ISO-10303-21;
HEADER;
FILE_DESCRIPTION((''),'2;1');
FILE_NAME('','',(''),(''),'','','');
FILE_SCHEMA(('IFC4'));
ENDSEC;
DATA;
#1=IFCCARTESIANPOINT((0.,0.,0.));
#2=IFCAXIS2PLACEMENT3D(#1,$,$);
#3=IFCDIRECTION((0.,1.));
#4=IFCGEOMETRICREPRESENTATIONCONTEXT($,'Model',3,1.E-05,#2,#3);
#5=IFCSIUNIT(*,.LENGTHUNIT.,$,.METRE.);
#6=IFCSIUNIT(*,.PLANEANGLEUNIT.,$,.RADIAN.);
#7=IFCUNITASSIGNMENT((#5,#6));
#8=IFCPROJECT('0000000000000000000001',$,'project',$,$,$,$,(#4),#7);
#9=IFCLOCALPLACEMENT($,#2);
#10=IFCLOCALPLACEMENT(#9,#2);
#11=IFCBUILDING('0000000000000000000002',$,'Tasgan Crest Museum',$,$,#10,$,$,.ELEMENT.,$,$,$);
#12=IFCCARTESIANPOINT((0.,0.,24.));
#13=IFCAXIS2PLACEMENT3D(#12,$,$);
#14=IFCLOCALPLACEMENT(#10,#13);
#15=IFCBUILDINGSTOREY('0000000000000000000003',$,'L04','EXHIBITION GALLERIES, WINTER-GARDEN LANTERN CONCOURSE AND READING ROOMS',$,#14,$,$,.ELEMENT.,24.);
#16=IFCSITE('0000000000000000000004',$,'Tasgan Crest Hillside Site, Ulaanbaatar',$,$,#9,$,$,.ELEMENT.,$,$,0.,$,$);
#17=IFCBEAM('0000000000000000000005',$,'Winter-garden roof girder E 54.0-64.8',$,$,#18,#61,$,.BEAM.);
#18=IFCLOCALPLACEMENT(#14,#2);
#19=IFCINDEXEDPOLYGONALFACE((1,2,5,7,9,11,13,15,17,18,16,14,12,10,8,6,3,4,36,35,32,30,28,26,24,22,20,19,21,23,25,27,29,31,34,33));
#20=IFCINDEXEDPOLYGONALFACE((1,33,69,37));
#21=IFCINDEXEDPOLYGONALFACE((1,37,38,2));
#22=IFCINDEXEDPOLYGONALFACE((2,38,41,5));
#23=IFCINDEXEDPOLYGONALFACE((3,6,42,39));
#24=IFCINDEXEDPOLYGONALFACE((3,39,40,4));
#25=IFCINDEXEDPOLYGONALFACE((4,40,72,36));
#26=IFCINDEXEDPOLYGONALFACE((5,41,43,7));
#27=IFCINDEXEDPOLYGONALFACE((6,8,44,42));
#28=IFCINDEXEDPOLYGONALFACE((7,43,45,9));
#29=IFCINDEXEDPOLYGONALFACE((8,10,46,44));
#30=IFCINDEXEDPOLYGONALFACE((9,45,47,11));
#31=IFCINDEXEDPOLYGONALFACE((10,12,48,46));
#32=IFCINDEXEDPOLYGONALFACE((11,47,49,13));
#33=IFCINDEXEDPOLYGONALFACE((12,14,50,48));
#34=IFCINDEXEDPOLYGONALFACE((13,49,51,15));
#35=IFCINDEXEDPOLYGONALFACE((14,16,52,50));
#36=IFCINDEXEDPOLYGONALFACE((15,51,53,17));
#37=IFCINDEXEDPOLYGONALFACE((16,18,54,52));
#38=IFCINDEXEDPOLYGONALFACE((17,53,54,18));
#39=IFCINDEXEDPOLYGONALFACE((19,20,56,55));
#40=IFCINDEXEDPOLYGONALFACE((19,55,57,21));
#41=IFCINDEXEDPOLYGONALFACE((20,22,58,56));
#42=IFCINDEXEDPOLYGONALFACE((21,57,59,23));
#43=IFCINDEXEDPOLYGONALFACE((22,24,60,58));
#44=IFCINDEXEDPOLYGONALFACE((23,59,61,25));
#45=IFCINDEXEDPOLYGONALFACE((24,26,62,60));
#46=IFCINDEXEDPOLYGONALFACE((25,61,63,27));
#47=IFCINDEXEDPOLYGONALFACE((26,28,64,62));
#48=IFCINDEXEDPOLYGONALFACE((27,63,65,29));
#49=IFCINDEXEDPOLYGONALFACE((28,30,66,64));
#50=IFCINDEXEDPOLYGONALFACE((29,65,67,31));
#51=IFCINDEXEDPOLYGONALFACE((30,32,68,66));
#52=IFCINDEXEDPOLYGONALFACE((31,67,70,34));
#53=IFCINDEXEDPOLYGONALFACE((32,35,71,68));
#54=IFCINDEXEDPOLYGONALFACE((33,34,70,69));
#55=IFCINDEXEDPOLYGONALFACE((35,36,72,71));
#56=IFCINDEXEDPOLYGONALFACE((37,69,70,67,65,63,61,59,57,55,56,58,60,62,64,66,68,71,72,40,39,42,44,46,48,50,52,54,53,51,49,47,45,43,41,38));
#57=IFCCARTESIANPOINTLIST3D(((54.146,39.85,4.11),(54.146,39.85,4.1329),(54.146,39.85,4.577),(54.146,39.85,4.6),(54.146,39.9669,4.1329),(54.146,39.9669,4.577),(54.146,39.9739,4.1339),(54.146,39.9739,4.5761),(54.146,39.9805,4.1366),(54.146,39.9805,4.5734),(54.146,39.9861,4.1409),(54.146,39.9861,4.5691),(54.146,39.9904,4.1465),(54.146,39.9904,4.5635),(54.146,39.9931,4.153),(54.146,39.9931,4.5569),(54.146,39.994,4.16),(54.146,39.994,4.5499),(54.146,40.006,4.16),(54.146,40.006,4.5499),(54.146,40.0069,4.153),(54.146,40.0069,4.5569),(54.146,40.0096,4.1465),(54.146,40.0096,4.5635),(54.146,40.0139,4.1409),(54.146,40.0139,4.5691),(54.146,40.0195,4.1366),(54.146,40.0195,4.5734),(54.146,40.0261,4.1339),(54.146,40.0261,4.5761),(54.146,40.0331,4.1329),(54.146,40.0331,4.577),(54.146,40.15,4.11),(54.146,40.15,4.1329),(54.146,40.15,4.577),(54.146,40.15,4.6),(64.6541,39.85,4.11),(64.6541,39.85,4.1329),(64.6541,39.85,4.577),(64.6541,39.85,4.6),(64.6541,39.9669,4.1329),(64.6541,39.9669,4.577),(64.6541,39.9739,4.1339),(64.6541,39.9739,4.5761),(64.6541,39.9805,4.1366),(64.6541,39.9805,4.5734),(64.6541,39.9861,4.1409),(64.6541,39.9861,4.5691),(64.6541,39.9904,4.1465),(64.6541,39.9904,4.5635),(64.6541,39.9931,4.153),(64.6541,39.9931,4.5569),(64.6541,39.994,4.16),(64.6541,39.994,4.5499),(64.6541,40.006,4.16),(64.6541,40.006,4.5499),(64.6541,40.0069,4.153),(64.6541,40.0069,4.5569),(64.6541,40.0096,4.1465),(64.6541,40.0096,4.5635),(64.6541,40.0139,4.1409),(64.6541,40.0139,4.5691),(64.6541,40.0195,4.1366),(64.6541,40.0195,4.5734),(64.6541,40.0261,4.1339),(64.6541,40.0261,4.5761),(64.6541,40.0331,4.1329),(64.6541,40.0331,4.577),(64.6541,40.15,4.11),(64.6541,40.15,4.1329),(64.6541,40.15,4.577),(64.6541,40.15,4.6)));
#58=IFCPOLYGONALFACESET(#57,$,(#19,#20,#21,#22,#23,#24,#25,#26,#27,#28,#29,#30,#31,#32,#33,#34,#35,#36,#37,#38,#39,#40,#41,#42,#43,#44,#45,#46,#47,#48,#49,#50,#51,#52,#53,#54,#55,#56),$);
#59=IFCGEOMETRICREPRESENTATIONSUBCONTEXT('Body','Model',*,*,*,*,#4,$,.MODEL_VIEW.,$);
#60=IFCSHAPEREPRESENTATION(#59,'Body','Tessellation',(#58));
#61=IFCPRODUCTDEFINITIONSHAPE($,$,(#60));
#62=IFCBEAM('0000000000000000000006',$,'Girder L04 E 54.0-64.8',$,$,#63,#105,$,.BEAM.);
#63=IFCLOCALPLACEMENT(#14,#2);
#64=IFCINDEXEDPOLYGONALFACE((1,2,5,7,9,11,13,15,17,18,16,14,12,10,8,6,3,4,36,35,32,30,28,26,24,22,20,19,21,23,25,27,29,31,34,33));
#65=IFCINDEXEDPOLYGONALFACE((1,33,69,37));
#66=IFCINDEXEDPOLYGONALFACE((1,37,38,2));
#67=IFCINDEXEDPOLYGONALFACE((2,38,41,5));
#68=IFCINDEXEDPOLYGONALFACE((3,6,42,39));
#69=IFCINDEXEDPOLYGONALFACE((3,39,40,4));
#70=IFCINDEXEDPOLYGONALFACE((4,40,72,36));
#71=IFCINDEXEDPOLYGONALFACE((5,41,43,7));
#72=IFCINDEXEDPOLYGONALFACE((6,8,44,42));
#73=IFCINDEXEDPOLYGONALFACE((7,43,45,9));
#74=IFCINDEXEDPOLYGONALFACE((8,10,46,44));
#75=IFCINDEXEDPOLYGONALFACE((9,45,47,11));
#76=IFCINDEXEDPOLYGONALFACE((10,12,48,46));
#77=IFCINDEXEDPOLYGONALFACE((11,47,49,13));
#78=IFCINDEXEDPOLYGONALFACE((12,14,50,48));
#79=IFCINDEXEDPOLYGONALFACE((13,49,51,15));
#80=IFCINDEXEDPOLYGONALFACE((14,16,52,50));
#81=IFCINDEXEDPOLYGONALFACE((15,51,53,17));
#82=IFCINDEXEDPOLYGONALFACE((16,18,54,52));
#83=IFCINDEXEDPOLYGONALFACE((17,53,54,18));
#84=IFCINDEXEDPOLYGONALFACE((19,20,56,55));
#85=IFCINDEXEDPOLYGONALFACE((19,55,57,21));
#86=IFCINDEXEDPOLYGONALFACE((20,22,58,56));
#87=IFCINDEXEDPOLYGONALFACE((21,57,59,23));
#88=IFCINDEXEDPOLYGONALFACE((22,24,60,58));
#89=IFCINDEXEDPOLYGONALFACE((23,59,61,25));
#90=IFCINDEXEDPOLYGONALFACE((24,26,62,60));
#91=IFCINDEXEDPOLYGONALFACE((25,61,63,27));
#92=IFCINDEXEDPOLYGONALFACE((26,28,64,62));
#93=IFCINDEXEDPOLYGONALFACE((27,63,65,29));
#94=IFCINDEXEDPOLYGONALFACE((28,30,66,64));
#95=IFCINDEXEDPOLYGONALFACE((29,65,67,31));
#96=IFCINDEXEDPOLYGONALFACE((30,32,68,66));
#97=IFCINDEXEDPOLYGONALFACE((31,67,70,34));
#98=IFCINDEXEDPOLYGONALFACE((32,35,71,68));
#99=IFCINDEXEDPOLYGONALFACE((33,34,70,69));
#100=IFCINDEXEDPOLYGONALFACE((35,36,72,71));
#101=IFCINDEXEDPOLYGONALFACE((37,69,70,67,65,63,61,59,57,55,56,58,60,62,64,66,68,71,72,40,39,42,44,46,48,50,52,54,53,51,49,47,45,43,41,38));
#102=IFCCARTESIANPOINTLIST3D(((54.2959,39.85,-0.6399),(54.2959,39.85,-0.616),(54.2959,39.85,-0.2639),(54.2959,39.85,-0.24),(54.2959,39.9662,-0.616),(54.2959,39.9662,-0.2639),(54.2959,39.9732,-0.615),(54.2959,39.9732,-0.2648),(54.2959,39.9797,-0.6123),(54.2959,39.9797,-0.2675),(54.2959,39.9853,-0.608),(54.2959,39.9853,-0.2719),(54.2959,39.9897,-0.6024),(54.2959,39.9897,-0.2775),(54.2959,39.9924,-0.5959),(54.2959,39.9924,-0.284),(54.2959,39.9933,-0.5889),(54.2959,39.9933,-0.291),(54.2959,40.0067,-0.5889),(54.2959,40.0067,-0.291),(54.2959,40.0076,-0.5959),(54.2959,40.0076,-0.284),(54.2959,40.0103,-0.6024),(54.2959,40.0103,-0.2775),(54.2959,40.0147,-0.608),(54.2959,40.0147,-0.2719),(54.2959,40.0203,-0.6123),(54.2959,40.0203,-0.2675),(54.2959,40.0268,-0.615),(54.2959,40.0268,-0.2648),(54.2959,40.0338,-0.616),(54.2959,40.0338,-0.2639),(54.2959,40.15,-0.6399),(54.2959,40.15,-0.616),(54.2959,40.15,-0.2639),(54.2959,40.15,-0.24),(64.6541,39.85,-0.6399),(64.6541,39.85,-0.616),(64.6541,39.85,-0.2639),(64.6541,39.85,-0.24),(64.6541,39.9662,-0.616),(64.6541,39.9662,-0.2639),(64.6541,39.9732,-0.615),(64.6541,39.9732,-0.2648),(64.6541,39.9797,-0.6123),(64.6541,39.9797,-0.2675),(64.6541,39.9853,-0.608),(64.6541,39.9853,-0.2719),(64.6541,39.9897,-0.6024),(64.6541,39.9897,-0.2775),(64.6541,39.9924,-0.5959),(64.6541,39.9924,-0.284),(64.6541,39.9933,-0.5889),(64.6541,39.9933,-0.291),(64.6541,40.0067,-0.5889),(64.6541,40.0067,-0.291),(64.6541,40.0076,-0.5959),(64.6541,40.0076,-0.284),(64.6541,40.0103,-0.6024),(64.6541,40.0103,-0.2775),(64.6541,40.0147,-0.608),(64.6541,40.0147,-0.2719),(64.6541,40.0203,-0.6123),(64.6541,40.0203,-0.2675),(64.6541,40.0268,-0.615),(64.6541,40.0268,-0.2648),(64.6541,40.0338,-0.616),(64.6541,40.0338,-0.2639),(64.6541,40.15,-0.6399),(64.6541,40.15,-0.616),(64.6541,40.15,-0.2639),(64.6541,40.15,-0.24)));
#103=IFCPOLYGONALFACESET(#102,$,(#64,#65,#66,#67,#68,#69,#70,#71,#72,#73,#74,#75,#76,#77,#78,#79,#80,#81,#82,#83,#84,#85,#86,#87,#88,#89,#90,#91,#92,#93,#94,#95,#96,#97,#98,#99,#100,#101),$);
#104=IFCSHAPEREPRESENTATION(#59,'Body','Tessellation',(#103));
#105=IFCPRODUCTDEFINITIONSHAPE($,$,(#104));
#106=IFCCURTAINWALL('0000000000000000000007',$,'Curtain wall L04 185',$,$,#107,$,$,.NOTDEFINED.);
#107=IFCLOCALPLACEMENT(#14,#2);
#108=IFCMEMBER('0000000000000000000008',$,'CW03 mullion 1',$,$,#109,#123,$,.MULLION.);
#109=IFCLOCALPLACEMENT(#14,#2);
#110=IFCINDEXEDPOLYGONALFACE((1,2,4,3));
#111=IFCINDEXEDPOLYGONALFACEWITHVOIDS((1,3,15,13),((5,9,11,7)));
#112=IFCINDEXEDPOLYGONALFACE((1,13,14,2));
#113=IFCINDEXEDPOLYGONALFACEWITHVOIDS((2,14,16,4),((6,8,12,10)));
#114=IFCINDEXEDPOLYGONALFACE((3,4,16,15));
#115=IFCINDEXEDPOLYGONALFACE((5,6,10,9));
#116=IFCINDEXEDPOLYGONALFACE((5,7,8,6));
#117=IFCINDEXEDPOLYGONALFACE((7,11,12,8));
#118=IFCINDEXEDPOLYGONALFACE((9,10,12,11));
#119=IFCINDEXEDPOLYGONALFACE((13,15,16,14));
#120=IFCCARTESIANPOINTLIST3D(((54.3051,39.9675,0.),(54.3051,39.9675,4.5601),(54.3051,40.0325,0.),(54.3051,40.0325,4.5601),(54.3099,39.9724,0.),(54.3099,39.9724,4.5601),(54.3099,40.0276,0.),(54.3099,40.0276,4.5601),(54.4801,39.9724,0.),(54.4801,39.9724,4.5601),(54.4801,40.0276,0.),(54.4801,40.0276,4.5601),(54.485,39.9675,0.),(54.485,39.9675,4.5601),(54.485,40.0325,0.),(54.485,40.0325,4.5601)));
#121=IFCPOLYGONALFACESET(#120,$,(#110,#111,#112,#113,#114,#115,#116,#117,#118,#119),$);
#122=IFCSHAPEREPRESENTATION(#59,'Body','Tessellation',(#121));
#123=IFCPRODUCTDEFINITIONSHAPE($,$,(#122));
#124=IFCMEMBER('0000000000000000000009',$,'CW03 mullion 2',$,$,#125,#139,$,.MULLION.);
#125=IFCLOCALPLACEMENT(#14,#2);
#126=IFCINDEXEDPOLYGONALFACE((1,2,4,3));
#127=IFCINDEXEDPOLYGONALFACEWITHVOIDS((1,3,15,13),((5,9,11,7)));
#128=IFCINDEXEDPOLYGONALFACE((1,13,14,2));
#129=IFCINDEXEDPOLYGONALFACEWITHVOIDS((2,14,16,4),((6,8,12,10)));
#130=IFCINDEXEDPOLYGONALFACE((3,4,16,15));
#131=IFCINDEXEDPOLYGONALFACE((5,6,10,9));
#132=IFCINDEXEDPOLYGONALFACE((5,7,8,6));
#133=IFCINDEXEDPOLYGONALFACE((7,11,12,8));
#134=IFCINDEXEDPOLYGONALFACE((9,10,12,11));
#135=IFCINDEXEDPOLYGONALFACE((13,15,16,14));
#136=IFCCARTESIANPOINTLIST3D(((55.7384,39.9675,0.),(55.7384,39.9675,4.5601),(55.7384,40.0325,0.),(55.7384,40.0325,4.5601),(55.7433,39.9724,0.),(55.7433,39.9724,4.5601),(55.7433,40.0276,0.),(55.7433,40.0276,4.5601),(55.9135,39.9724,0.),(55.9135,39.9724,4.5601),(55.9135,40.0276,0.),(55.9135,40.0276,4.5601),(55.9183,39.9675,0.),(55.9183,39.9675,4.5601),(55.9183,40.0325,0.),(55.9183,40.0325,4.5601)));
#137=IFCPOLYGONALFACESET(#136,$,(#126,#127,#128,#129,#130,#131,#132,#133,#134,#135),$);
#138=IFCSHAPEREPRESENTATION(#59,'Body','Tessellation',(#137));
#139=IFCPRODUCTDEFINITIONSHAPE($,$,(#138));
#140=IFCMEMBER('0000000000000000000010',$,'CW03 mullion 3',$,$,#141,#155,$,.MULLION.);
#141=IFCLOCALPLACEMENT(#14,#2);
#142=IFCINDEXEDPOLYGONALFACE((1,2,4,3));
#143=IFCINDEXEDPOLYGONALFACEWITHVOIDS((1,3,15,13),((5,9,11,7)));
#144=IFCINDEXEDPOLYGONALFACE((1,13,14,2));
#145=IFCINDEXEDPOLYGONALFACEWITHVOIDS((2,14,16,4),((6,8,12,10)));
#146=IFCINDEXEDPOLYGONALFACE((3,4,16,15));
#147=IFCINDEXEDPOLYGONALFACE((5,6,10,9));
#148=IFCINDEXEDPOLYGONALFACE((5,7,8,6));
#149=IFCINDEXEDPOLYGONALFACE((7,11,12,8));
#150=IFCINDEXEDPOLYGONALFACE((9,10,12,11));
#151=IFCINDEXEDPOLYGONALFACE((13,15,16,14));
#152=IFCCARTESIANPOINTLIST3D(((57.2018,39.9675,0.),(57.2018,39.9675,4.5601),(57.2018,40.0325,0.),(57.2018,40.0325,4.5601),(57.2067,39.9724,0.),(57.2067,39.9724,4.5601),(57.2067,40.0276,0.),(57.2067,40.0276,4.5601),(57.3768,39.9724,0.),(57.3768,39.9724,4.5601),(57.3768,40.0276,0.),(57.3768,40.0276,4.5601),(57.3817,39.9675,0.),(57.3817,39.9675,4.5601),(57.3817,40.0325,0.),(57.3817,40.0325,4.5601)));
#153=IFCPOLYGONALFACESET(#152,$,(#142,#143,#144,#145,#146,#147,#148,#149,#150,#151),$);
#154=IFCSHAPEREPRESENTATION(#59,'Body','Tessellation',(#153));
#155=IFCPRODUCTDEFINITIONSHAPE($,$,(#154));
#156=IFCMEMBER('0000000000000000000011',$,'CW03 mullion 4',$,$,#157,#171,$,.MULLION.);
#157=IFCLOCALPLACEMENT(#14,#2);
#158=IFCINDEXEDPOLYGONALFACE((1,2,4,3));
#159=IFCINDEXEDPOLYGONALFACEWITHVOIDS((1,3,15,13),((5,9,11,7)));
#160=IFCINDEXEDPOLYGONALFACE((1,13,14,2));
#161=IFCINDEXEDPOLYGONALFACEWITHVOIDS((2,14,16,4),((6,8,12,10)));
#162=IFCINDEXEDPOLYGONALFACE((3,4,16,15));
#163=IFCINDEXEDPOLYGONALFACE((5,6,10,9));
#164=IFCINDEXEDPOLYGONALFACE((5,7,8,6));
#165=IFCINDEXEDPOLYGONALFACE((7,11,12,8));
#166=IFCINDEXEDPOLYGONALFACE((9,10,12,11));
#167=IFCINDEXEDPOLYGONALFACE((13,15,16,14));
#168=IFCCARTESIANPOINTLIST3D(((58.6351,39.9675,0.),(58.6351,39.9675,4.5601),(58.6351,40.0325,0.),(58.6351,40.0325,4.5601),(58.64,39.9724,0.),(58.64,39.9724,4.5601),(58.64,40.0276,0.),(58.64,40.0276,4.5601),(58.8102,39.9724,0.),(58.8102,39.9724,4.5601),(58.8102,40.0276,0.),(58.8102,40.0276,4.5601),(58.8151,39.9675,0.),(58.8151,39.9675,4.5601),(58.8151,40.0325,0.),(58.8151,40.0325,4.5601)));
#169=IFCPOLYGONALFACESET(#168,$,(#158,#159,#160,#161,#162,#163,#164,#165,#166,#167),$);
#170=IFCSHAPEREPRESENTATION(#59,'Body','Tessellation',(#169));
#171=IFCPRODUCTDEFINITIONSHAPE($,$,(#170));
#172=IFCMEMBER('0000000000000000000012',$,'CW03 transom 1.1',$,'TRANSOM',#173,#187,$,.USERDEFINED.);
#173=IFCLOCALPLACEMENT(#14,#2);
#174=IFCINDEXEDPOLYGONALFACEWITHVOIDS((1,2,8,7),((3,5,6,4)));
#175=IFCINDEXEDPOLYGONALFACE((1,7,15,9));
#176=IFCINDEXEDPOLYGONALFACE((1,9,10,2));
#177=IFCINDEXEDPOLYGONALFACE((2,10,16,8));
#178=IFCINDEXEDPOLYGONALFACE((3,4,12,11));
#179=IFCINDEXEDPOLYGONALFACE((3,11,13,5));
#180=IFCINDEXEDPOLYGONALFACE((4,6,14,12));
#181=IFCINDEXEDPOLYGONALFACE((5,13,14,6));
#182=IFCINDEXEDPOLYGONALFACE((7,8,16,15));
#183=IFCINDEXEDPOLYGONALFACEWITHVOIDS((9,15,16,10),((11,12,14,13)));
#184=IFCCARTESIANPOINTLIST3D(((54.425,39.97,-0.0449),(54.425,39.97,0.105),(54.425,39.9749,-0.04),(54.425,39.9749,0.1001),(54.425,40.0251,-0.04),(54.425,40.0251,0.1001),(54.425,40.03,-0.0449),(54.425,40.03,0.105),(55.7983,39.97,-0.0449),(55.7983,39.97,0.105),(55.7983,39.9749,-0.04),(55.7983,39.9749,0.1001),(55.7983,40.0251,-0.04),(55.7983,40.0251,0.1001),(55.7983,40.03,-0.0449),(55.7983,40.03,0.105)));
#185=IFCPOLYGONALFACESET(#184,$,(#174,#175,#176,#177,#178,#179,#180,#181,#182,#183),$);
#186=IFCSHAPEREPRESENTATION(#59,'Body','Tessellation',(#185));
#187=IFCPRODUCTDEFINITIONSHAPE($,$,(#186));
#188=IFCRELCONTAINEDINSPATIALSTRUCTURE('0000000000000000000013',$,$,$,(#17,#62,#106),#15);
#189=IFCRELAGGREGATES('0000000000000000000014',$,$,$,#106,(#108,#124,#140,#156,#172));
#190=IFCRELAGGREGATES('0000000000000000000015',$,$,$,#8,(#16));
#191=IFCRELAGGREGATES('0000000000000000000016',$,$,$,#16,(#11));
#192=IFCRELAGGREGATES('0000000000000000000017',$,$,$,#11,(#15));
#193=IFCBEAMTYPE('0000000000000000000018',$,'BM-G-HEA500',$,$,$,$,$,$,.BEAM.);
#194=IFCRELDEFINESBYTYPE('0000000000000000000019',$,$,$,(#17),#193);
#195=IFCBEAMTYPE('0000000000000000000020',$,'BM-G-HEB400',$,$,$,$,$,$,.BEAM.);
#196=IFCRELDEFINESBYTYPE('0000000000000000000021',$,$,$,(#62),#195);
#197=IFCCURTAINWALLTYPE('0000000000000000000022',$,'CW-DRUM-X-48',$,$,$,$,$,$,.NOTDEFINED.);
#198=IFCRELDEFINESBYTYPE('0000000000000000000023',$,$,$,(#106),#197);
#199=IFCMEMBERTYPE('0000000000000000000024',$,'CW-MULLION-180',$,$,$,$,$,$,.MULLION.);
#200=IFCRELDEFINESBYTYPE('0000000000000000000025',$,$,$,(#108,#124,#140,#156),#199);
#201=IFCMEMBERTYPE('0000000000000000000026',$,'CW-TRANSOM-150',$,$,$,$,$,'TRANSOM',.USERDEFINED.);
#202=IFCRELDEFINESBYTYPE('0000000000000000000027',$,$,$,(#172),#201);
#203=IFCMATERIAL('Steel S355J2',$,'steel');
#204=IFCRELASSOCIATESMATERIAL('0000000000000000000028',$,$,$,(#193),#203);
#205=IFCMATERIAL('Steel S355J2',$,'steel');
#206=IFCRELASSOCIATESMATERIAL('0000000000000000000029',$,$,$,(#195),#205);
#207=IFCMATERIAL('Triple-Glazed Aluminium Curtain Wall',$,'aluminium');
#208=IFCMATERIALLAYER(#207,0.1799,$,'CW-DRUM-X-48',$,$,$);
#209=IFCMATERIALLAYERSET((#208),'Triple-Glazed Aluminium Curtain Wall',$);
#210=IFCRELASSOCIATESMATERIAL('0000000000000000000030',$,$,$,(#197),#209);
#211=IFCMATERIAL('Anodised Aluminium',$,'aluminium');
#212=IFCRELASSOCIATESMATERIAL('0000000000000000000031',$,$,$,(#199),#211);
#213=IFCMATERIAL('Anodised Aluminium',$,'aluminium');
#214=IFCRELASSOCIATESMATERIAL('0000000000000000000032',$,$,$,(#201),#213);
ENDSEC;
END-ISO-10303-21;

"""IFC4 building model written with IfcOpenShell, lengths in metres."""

from ifc_helpers import new_model, si_unit, direction, frame, origin, origin_2d, place, context, subcontext, project, spatial, hollow_rectangle, i_section, extrude, material, layer, layer_set, material_profile, profile_set, type_object, element, aggregate, save


model = new_model("IFC4")

# Units and contexts
model_context = context("Model", 3, precision=1e-05, world=origin(), true_north=direction((0.0, 1.0)))
body_context = subcontext(model_context, "Body", "Model", "MODEL_VIEW")
ifc_project = project(units=[si_unit("LENGTHUNIT", "METRE"), si_unit("PLANEANGLEUNIT", "RADIAN")], contexts=[model_context])

# Site, building, storey
site_placement = place(None, origin())
site = spatial("IfcSite", under=ifc_project, at=site_placement, Name="Tasgan Crest Hillside Site, Ulaanbaatar", CompositionType="ELEMENT", RefElevation=0.0)
building_placement = place(site_placement, origin())
building = spatial("IfcBuilding", under=site, at=building_placement, Name="Tasgan Crest Museum", CompositionType="ELEMENT")
storey_placement = place(building_placement, frame((0.0, 0.0, 24.0)))
storey = spatial("IfcBuildingStorey", under=building, at=storey_placement, Name="L04", Description="EXHIBITION GALLERIES, WINTER-GARDEN LANTERN CONCOURSE AND READING ROOMS", CompositionType="ELEMENT", Elevation=24.0)

# Beams
ifc_material_1 = material(Name="Steel S355J2", Category="steel")
ifc_material_profile_1 = material_profile(ifc_material_1, i_section(OverallWidth=0.3, OverallDepth=0.49, WebThickness=0.012, FlangeThickness=0.0229, FilletRadius=0.0271, at=origin_2d()), Name="HEA 500")
ifc_profile_set_1 = profile_set([ifc_material_profile_1], Name="Steel S355J2")
beam_type_1 = type_object("IfcBeamType", Name="BM-G-HEA500", PredefinedType="BEAM", material=ifc_profile_set_1)
beam_1_placement = place(storey_placement, frame((54.146, 40.0, 4.355), z_axis=(1.0, 0.0, 0.0), x_axis=(0.0, 1.0, 0.0)))
element("IfcBeam", 1, at=beam_1_placement, inside=storey, type_object=beam_type_1, Name="Winter-garden roof girder E 54.0-64.8", PredefinedType="BEAM", context=body_context, shape_type="SweptSolid", body=[
    extrude(i_section(OverallWidth=0.3, OverallDepth=0.49, WebThickness=0.012, FlangeThickness=0.0229, FilletRadius=0.0271, at=origin_2d()), origin(), (0.0, 0.0, 1.0), 10.5081),
])
ifc_material_2 = material(Name="Steel S355J2", Category="steel")
ifc_material_profile_2 = material_profile(ifc_material_2, i_section(OverallWidth=0.3, OverallDepth=0.3999, WebThickness=0.0134, FlangeThickness=0.0239, FilletRadius=0.0271, at=origin_2d()), Name="HEB 400")
ifc_profile_set_2 = profile_set([ifc_material_profile_2], Name="Steel S355J2")
beam_type_2 = type_object("IfcBeamType", Name="BM-G-HEB400", PredefinedType="BEAM", material=ifc_profile_set_2)
beam_2_placement = place(storey_placement, frame((54.2959, 40.0, -0.4399), z_axis=(1.0, 0.0, 0.0), x_axis=(0.0, 1.0, 0.0)))
element("IfcBeam", 2, at=beam_2_placement, inside=storey, type_object=beam_type_2, Name="Girder L04 E 54.0-64.8", PredefinedType="BEAM", context=body_context, shape_type="SweptSolid", body=[
    extrude(i_section(OverallWidth=0.3, OverallDepth=0.3999, WebThickness=0.0134, FlangeThickness=0.0239, FilletRadius=0.0271, at=origin_2d()), origin(), (0.0, 0.0, 1.0), 10.3582),
])

# Curtain wall, members
ifc_material_3 = material(Name="Triple-Glazed Aluminium Curtain Wall", Category="aluminium")
ifc_layer_1 = layer(ifc_material_3, 0.1799, Name="CW-DRUM-X-48")
ifc_layer_set_1 = layer_set([ifc_layer_1], Name="Triple-Glazed Aluminium Curtain Wall")
curtain_wall_type = type_object("IfcCurtainWallType", Name="CW-DRUM-X-48", PredefinedType="NOTDEFINED", material=ifc_layer_set_1)
curtain_wall_placement = place(storey_placement, origin())
curtain_wall = element("IfcCurtainWall", 3, at=curtain_wall_placement, inside=storey, type_object=curtain_wall_type, Name="Curtain wall L04 185", PredefinedType="NOTDEFINED")
ifc_material_4 = material(Name="Anodised Aluminium", Category="aluminium")
ifc_material_profile_3 = material_profile(ifc_material_4, hollow_rectangle(XDim=0.0649, YDim=0.1799, WallThickness=0.0049, at=origin_2d()), Name="ALU MULLION 180x65x5")
ifc_profile_set_3 = profile_set([ifc_material_profile_3], Name="Anodised Aluminium")
member_type_1 = type_object("IfcMemberType", Name="CW-MULLION-180", PredefinedType="MULLION", material=ifc_profile_set_3)
member_1_placement = place(storey_placement, frame((54.395, 40.0, 0.0), z_axis=(0.0, 0.0, 1.0), x_axis=(0.0, 1.0, 0.0)))
member_1 = element("IfcMember", 4, at=member_1_placement, type_object=member_type_1, Name="CW03 mullion 1", PredefinedType="MULLION", context=body_context, shape_type="SweptSolid", body=[
    extrude(hollow_rectangle(XDim=0.0649, YDim=0.1799, WallThickness=0.0049, at=origin_2d()), origin(), (0.0, 0.0, 1.0), 4.5601),
])
member_2_placement = place(storey_placement, frame((55.8284, 40.0, 0.0), z_axis=(0.0, 0.0, 1.0), x_axis=(0.0, 1.0, 0.0)))
member_2 = element("IfcMember", 5, at=member_2_placement, type_object=member_type_1, Name="CW03 mullion 2", PredefinedType="MULLION", context=body_context, shape_type="SweptSolid", body=[
    extrude(hollow_rectangle(XDim=0.0649, YDim=0.1799, WallThickness=0.0049, at=origin_2d()), origin(), (0.0, 0.0, 1.0), 4.5601),
])
member_3_placement = place(storey_placement, frame((57.2917, 40.0, 0.0), z_axis=(0.0, 0.0, 1.0), x_axis=(0.0, 1.0, 0.0)))
member_3 = element("IfcMember", 6, at=member_3_placement, type_object=member_type_1, Name="CW03 mullion 3", PredefinedType="MULLION", context=body_context, shape_type="SweptSolid", body=[
    extrude(hollow_rectangle(XDim=0.0649, YDim=0.1799, WallThickness=0.0049, at=origin_2d()), origin(), (0.0, 0.0, 1.0), 4.5601),
])
member_4_placement = place(storey_placement, frame((58.7251, 40.0, 0.0), z_axis=(0.0, 0.0, 1.0), x_axis=(0.0, 1.0, 0.0)))
member_4 = element("IfcMember", 7, at=member_4_placement, type_object=member_type_1, Name="CW03 mullion 4", PredefinedType="MULLION", context=body_context, shape_type="SweptSolid", body=[
    extrude(hollow_rectangle(XDim=0.0649, YDim=0.1799, WallThickness=0.0049, at=origin_2d()), origin(), (0.0, 0.0, 1.0), 4.5601),
])
ifc_material_5 = material(Name="Anodised Aluminium", Category="aluminium")
ifc_material_profile_4 = material_profile(ifc_material_5, hollow_rectangle(XDim=0.0601, YDim=0.1499, WallThickness=0.0049, at=origin_2d()), Name="ALU TRANSOM 150x60x5")
ifc_profile_set_4 = profile_set([ifc_material_profile_4], Name="Anodised Aluminium")
member_type_2 = type_object("IfcMemberType", Name="CW-TRANSOM-150", ElementType="TRANSOM", PredefinedType="USERDEFINED", material=ifc_profile_set_4)
member_5_placement = place(storey_placement, frame((54.425, 40.0, 0.03), z_axis=(1.0, 0.0, 0.0), x_axis=(0.0, 1.0, 0.0)))
member_5 = element("IfcMember", 8, at=member_5_placement, type_object=member_type_2, Name="CW03 transom 1.1", ObjectType="TRANSOM", PredefinedType="USERDEFINED", context=body_context, shape_type="SweptSolid", body=[
    extrude(hollow_rectangle(XDim=0.0601, YDim=0.1499, WallThickness=0.0049, at=origin_2d()), origin(), (0.0, 0.0, 1.0), 1.3733),
])
aggregate(curtain_wall, [member_1, member_2, member_3, member_4, member_5])

save(model, "model.ifc")
